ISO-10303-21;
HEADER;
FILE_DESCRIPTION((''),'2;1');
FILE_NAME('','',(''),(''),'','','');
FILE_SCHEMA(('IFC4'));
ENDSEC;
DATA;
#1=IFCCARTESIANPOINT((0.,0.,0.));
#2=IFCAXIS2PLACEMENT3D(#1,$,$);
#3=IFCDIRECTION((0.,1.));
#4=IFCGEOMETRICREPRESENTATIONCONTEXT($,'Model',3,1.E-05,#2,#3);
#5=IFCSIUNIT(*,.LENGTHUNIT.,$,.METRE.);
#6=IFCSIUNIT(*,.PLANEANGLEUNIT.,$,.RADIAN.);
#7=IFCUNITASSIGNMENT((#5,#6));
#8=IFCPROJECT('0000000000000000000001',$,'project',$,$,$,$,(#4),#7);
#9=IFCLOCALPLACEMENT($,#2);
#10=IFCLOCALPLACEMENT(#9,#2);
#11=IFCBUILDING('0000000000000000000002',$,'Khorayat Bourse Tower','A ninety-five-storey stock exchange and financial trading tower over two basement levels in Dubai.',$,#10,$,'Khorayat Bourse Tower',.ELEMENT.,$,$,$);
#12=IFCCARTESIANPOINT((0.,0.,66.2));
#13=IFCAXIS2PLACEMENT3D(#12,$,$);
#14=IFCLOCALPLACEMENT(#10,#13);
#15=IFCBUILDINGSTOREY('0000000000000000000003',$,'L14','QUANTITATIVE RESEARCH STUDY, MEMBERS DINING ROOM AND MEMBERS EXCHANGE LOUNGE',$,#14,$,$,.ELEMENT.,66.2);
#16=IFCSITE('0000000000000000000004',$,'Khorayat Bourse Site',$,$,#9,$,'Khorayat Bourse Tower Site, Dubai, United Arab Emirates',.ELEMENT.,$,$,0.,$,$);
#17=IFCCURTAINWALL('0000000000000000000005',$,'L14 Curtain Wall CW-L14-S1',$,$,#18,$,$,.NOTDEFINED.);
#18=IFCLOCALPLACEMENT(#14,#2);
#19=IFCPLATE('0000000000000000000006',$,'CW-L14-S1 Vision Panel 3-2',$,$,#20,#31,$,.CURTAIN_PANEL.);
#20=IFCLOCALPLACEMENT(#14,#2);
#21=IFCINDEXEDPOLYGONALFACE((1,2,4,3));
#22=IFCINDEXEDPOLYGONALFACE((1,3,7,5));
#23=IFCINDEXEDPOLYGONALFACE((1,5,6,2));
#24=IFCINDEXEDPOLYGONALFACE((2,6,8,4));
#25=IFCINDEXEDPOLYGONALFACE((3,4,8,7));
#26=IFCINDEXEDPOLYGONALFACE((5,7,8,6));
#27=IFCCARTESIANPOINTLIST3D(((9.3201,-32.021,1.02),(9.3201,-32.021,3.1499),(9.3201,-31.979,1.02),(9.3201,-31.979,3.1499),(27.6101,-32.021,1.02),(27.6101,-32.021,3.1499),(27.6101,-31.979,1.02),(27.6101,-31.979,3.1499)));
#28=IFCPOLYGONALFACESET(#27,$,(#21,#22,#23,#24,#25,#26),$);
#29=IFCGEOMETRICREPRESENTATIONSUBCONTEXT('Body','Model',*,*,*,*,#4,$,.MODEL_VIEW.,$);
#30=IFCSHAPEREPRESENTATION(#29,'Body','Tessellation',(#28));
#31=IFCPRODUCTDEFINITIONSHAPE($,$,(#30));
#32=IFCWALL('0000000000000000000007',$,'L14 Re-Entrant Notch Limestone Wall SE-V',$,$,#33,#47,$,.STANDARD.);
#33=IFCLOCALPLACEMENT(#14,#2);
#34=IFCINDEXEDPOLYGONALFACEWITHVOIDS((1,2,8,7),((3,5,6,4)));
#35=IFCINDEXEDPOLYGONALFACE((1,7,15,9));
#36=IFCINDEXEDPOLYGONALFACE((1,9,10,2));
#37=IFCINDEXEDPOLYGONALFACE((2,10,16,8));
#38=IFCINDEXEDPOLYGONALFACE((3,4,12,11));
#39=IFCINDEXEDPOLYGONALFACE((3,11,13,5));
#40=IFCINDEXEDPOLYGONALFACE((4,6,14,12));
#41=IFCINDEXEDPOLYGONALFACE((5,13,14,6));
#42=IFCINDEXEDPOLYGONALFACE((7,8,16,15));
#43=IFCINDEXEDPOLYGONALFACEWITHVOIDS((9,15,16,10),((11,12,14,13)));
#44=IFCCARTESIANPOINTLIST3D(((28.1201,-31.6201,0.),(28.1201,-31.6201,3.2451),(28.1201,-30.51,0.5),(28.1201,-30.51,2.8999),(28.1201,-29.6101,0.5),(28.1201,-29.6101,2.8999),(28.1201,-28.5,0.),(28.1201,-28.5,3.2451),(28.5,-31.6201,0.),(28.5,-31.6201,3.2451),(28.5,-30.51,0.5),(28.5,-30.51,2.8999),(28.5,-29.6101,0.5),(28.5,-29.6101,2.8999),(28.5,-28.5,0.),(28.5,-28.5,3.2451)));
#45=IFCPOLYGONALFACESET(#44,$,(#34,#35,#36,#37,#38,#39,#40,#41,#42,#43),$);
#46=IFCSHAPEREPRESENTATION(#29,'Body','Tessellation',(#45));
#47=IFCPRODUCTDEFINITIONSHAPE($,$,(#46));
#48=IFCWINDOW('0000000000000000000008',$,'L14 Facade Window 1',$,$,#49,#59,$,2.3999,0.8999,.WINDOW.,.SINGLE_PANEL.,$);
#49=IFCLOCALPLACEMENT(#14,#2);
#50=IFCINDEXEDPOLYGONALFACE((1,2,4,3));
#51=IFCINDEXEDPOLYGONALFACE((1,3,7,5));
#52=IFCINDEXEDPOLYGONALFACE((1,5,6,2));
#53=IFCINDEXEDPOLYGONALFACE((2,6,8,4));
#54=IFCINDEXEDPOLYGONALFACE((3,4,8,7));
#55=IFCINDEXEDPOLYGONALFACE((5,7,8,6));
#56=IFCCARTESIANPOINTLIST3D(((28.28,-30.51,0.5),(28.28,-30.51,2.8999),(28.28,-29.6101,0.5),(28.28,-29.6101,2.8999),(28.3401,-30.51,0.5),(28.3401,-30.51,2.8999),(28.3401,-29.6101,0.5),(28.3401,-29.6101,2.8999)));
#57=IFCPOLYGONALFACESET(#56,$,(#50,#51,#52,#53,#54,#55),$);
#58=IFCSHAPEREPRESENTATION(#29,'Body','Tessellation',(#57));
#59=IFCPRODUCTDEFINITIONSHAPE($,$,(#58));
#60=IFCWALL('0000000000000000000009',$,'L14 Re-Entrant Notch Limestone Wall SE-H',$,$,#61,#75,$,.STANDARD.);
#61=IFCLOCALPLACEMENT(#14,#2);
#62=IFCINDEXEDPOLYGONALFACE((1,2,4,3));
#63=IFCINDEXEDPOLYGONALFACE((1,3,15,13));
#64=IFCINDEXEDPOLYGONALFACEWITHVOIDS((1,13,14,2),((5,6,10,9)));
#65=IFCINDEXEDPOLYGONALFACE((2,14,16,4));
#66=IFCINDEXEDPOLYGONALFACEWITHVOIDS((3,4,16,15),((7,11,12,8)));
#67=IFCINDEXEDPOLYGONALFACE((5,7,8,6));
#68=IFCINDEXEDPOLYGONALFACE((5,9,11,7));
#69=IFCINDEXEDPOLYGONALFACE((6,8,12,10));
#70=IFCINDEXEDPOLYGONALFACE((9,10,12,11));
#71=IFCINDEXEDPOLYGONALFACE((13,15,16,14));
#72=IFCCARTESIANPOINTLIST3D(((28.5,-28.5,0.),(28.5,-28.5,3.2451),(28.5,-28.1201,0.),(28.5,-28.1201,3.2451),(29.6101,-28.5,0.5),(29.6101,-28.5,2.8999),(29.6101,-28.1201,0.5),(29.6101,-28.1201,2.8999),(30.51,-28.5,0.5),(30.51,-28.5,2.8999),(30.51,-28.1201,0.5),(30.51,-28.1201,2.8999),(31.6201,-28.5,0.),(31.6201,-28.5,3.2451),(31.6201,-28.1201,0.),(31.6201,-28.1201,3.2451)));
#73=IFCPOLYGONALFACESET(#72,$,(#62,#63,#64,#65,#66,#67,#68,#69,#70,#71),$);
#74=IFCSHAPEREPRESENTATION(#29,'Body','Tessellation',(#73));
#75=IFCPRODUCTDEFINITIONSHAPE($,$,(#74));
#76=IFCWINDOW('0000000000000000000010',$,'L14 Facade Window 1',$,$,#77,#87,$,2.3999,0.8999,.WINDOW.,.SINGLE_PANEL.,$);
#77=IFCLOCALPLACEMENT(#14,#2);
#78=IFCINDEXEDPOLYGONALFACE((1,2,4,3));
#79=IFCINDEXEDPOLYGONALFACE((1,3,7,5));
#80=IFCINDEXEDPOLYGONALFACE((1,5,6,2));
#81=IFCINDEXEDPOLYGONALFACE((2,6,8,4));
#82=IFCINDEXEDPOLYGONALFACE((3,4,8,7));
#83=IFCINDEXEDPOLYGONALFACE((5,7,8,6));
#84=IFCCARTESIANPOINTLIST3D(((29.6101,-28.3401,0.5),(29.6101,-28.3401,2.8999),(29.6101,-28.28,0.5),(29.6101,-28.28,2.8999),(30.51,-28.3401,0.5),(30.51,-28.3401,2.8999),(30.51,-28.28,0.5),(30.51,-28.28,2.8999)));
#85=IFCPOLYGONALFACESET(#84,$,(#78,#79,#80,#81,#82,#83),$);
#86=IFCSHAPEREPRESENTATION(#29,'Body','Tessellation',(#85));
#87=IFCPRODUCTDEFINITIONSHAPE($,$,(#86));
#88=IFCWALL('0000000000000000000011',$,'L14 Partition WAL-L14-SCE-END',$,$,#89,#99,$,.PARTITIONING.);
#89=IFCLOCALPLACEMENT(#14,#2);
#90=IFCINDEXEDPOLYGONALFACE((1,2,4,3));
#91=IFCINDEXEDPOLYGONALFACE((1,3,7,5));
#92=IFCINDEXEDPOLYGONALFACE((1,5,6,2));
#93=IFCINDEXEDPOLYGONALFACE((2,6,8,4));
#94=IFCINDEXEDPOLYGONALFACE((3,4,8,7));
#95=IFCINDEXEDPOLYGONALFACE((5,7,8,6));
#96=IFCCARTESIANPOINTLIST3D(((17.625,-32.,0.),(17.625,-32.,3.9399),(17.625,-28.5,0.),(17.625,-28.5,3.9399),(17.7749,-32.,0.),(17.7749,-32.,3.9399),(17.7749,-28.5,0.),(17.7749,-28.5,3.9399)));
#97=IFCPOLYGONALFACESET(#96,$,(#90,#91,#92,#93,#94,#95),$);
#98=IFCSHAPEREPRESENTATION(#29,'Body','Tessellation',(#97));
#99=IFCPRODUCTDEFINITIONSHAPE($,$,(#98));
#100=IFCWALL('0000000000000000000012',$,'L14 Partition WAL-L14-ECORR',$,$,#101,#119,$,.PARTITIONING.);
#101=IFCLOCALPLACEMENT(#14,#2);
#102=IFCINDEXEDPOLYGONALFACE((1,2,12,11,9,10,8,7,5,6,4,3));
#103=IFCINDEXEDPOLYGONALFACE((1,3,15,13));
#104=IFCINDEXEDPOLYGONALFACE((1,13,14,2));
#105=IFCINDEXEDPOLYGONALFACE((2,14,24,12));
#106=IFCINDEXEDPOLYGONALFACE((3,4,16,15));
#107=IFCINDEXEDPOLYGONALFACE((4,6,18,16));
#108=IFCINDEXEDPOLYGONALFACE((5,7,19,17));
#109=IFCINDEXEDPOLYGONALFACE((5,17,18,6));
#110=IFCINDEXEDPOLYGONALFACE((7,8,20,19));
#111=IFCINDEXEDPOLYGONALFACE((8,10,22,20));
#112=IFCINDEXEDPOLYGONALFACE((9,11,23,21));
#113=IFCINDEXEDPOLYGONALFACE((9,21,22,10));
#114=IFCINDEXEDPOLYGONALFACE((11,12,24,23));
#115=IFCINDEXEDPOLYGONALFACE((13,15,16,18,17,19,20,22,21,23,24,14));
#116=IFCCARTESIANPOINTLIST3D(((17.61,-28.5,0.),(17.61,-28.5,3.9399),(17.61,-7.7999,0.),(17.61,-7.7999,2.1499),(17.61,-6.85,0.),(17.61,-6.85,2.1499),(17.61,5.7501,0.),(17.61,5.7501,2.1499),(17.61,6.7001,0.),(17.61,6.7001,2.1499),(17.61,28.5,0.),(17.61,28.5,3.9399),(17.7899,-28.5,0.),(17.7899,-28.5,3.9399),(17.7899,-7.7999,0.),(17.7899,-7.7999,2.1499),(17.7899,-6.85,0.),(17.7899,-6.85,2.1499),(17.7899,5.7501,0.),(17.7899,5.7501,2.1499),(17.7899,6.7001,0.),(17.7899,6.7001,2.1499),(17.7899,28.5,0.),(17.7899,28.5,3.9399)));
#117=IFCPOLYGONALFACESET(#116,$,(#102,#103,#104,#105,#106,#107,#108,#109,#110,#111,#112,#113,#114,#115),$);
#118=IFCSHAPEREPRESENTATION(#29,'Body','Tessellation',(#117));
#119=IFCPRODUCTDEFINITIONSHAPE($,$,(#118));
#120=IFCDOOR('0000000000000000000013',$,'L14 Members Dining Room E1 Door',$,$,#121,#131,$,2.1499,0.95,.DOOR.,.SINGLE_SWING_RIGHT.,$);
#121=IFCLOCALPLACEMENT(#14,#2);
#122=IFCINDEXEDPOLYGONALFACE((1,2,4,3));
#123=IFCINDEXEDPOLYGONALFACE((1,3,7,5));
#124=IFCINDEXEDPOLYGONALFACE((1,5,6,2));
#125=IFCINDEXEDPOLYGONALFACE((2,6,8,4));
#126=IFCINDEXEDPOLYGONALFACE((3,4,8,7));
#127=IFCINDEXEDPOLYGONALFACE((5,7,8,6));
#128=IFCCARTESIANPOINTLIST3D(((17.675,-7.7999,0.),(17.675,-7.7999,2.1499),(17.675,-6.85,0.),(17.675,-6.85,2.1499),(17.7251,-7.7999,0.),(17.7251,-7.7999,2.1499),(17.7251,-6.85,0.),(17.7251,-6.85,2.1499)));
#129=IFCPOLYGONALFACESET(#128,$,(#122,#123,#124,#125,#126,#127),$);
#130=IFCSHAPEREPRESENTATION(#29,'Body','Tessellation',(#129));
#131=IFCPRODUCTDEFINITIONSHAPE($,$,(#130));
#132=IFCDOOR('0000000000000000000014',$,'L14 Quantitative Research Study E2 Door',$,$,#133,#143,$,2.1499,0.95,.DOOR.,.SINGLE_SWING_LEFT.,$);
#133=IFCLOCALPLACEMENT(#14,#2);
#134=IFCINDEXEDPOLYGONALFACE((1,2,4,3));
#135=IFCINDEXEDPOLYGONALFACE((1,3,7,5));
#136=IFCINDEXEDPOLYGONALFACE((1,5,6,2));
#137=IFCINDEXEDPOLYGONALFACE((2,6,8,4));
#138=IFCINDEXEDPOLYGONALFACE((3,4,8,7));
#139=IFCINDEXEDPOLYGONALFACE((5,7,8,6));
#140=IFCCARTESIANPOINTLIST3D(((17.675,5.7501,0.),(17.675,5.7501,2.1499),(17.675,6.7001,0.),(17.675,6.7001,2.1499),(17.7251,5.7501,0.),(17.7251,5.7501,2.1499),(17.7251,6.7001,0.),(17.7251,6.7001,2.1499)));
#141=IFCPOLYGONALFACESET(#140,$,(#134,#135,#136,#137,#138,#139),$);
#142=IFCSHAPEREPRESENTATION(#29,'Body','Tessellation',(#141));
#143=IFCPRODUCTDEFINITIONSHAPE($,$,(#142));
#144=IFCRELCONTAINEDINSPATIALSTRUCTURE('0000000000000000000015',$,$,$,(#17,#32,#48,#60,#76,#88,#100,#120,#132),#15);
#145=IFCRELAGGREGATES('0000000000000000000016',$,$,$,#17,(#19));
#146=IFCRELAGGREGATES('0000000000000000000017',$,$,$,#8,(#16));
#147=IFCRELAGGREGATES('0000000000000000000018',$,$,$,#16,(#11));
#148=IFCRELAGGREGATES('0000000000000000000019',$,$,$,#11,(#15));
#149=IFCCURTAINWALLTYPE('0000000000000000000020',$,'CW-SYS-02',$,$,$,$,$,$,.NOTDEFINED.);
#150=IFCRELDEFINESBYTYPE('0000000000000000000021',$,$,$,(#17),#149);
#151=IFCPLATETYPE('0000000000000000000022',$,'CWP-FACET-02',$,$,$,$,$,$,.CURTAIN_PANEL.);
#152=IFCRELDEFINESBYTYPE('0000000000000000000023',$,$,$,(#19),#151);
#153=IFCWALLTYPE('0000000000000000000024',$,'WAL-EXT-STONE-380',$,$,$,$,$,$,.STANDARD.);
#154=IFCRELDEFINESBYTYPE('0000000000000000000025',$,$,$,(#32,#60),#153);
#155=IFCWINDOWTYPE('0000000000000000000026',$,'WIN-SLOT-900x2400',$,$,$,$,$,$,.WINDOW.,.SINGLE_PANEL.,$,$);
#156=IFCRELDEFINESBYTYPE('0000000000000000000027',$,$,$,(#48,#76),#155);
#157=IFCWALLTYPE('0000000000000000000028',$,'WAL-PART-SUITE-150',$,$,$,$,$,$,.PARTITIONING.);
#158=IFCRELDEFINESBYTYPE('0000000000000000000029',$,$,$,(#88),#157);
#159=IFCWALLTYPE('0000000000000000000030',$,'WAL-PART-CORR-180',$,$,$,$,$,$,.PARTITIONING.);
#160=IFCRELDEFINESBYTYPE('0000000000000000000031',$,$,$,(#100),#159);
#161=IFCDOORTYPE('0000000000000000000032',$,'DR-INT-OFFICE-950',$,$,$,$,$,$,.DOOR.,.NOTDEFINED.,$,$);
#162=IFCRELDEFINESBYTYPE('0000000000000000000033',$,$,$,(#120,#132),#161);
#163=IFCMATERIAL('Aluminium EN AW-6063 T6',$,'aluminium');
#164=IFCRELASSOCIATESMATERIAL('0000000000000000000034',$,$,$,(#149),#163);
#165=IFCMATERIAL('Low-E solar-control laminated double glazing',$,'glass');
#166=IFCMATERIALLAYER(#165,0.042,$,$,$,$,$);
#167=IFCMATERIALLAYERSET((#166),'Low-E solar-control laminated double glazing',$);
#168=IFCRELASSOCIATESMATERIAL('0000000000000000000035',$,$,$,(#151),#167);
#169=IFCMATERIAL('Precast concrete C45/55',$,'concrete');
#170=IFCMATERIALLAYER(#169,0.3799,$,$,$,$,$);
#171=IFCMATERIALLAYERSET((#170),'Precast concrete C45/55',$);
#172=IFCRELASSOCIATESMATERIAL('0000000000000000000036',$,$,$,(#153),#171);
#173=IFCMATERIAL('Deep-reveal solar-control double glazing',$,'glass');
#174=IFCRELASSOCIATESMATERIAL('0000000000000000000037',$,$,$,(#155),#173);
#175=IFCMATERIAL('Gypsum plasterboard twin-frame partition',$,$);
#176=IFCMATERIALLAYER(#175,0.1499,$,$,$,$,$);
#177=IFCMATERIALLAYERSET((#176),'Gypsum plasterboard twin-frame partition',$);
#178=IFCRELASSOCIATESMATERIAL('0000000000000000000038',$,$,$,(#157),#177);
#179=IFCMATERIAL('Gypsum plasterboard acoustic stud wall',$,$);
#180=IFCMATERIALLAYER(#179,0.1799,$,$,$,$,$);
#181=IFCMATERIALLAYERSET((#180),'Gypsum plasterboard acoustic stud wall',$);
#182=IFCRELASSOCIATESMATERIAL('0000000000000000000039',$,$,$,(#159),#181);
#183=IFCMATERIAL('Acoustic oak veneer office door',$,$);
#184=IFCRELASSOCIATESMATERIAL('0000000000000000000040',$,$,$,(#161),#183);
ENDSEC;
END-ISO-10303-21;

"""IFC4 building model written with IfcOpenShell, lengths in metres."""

from ifc_helpers import new_model, si_unit, direction, frame, frame_2d, origin, origin_2d, place, context, subcontext, project, spatial, rectangle, extrude, source, transform, mapped, material, layer, layer_set, type_object, element, fill, aggregate, save


model = new_model("IFC4")

# Units and contexts
model_context = context("Model", 3, precision=1e-05, world=origin(), true_north=direction((0.0, 1.0)))
body_context = subcontext(model_context, "Body", "Model", "MODEL_VIEW")
ifc_project = project(units=[si_unit("LENGTHUNIT", "METRE"), si_unit("PLANEANGLEUNIT", "RADIAN")], contexts=[model_context])

# Site, building, storey
site_placement = place(None, origin())
site = spatial("IfcSite", under=ifc_project, at=site_placement, Name="Khorayat Bourse Site", LongName="Khorayat Bourse Tower Site, Dubai, United Arab Emirates", CompositionType="ELEMENT", RefElevation=0.0)
building_placement = place(site_placement, origin())
building = spatial("IfcBuilding", under=site, at=building_placement, Name="Khorayat Bourse Tower", Description="A ninety-five-storey stock exchange and financial trading tower over two basement levels in Dubai.", LongName="Khorayat Bourse Tower", CompositionType="ELEMENT")
storey_placement = place(building_placement, frame((0.0, 0.0, 66.2)))
storey = spatial("IfcBuildingStorey", under=building, at=storey_placement, Name="L14", Description="QUANTITATIVE RESEARCH STUDY, MEMBERS DINING ROOM AND MEMBERS EXCHANGE LOUNGE", CompositionType="ELEMENT", Elevation=66.2)

# Curtain wall
ifc_material_1 = material(Name="Aluminium EN AW-6063 T6", Category="aluminium")
curtain_wall_type = type_object("IfcCurtainWallType", Name="CW-SYS-02", PredefinedType="NOTDEFINED", material=ifc_material_1)
curtain_wall_1_placement = place(storey_placement, origin())
curtain_wall_1 = element("IfcCurtainWall", 1, at=curtain_wall_1_placement, inside=storey, type_object=curtain_wall_type, Name="L14 Curtain Wall CW-L14-S1", PredefinedType="NOTDEFINED")

# Plate
ifc_material_2 = material(Name="Low-E solar-control laminated double glazing", Category="glass")
ifc_layer_1 = layer(ifc_material_2, 0.042)
ifc_layer_set_1 = layer_set([ifc_layer_1], Name="Low-E solar-control laminated double glazing")
plate_type_1 = type_object("IfcPlateType", Name="CWP-FACET-02", PredefinedType="CURTAIN_PANEL", material=ifc_layer_set_1)
shared_shape_1 = source(origin(), body_context, "Body", "SweptSolid", [
    extrude(rectangle(XDim=18.29, YDim=0.042, at=origin_2d()), origin(), (0.0, 0.0, 1.0), 2.1299),
])
plate_1_placement = place(storey_placement, frame((18.4651, -32.0, 1.02), z_axis=(0.0, 0.0, 1.0), x_axis=(1.0, 0.0, 0.0)))
plate_1 = element("IfcPlate", 2, at=plate_1_placement, type_object=plate_type_1, Name="CW-L14-S1 Vision Panel 3-2", PredefinedType="CURTAIN_PANEL", context=body_context, shape_type="MappedRepresentation", body=[
    mapped(shared_shape_1, transform((0.0, 0.0, 0.0), scale=1.0)),
])
aggregate(curtain_wall_1, [plate_1])

# Walls, openings, windows
ifc_material_3 = material(Name="Precast concrete C45/55", Category="concrete")
ifc_layer_2 = layer(ifc_material_3, 0.3799)
ifc_layer_set_2 = layer_set([ifc_layer_2], Name="Precast concrete C45/55")
wall_type_1 = type_object("IfcWallType", Name="WAL-EXT-STONE-380", PredefinedType="STANDARD", material=ifc_layer_set_2)
shared_shape_2 = source(origin(), body_context, "Body", "SweptSolid", [
    extrude(rectangle(XDim=3.1201, YDim=0.3799, at=frame_2d((1.5601, 0.0))), origin(), (0.0, 0.0, 1.0), 3.2451),
])
wall_1_placement = place(storey_placement, frame((28.3101, -31.6201, 0.0), z_axis=(0.0, 0.0, 1.0), x_axis=(0.0, 1.0, 0.0)))
wall_1 = element("IfcWall", 3, at=wall_1_placement, inside=storey, type_object=wall_type_1, Name="L14 Re-Entrant Notch Limestone Wall SE-V", PredefinedType="STANDARD", context=body_context, shape_type="MappedRepresentation", body=[
    mapped(shared_shape_2, transform((0.0, 0.0, 0.0), scale=1.0)),
])
shared_shape_3 = source(origin(), body_context, "Body", "SweptSolid", [
    extrude(rectangle(XDim=0.8999, YDim=2.3999, at=frame_2d((0.45, 1.2))), frame((0.0, 0.2, 0.0), z_axis=(0.0, -1.0, 0.0), x_axis=(1.0, 0.0, 0.0)), (0.0, 0.0, 1.0), 0.3999),
])
opening_1_placement = place(wall_1_placement, frame((1.1101, 0.0, 0.5)))
opening_1 = element("IfcOpeningElement", 4, at=opening_1_placement, cuts=wall_1, PredefinedType="OPENING", context=body_context, shape_type="MappedRepresentation", body=[
    mapped(shared_shape_3, transform((0.0, 0.0, 0.0), scale=1.0)),
])
ifc_material_4 = material(Name="Deep-reveal solar-control double glazing", Category="glass")
window_type = type_object("IfcWindowType", Name="WIN-SLOT-900x2400", PartitioningType="SINGLE_PANEL", PredefinedType="WINDOW", material=ifc_material_4)
shared_shape_4 = source(origin(), body_context, "Body", "SweptSolid", [
    extrude(rectangle(XDim=0.8999, YDim=2.3999, at=frame_2d((0.45, 1.2))), frame((0.0, 0.03, 0.0), z_axis=(0.0, -1.0, 0.0), x_axis=(1.0, 0.0, 0.0)), (0.0, 0.0, 1.0), 0.0601),
])
window_1_placement = place(opening_1_placement, origin())
window_1 = element("IfcWindow", 5, at=window_1_placement, inside=storey, type_object=window_type, Name="L14 Facade Window 1", OverallHeight=2.3999, OverallWidth=0.8999, PartitioningType="SINGLE_PANEL", PredefinedType="WINDOW", context=body_context, shape_type="MappedRepresentation", body=[
    mapped(shared_shape_4, transform((0.0, 0.0, 0.0), scale=1.0)),
])
fill(opening_1, window_1)
wall_2_placement = place(storey_placement, frame((28.5, -28.3101, 0.0), z_axis=(0.0, 0.0, 1.0), x_axis=(1.0, 0.0, 0.0)))
wall_2 = element("IfcWall", 6, at=wall_2_placement, inside=storey, type_object=wall_type_1, Name="L14 Re-Entrant Notch Limestone Wall SE-H", PredefinedType="STANDARD", context=body_context, shape_type="MappedRepresentation", body=[
    mapped(shared_shape_2, transform((0.0, 0.0, 0.0), scale=1.0)),
])
opening_2_placement = place(wall_2_placement, frame((1.1101, 0.0, 0.5)))
opening_2 = element("IfcOpeningElement", 7, at=opening_2_placement, cuts=wall_2, PredefinedType="OPENING", context=body_context, shape_type="MappedRepresentation", body=[
    mapped(shared_shape_3, transform((0.0, 0.0, 0.0), scale=1.0)),
])
window_2_placement = place(opening_2_placement, origin())
window_2 = element("IfcWindow", 8, at=window_2_placement, inside=storey, type_object=window_type, Name="L14 Facade Window 1", OverallHeight=2.3999, OverallWidth=0.8999, PartitioningType="SINGLE_PANEL", PredefinedType="WINDOW", context=body_context, shape_type="MappedRepresentation", body=[
    mapped(shared_shape_4, transform((0.0, 0.0, 0.0), scale=1.0)),
])
fill(opening_2, window_2)

# Wall
ifc_material_5 = material(Name="Gypsum plasterboard twin-frame partition")
ifc_layer_3 = layer(ifc_material_5, 0.1499)
ifc_layer_set_3 = layer_set([ifc_layer_3], Name="Gypsum plasterboard twin-frame partition")
wall_type_2 = type_object("IfcWallType", Name="WAL-PART-SUITE-150", PredefinedType="PARTITIONING", material=ifc_layer_set_3)
shared_shape_5 = source(origin(), body_context, "Body", "SweptSolid", [
    extrude(rectangle(XDim=3.5, YDim=0.1499, at=frame_2d((1.75, 0.0))), origin(), (0.0, 0.0, 1.0), 3.9399),
])
wall_3_placement = place(storey_placement, frame((17.7, -32.0, 0.0), z_axis=(0.0, 0.0, 1.0), x_axis=(0.0, 1.0, 0.0)))
element("IfcWall", 9, at=wall_3_placement, inside=storey, type_object=wall_type_2, Name="L14 Partition WAL-L14-SCE-END", PredefinedType="PARTITIONING", context=body_context, shape_type="MappedRepresentation", body=[
    mapped(shared_shape_5, transform((0.0, 0.0, 0.0), scale=1.0)),
])

# Wall, openings, doors
ifc_material_6 = material(Name="Gypsum plasterboard acoustic stud wall")
ifc_layer_4 = layer(ifc_material_6, 0.1799)
ifc_layer_set_4 = layer_set([ifc_layer_4], Name="Gypsum plasterboard acoustic stud wall")
wall_type_3 = type_object("IfcWallType", Name="WAL-PART-CORR-180", PredefinedType="PARTITIONING", material=ifc_layer_set_4)
shared_shape_6 = source(origin(), body_context, "Body", "SweptSolid", [
    extrude(rectangle(XDim=57.0, YDim=0.1799, at=frame_2d((28.5, 0.0))), origin(), (0.0, 0.0, 1.0), 3.9399),
])
wall_4_placement = place(storey_placement, frame((17.7, -28.5, 0.0), z_axis=(0.0, 0.0, 1.0), x_axis=(0.0, 1.0, 0.0)))
wall_4 = element("IfcWall", 10, at=wall_4_placement, inside=storey, type_object=wall_type_3, Name="L14 Partition WAL-L14-ECORR", PredefinedType="PARTITIONING", context=body_context, shape_type="MappedRepresentation", body=[
    mapped(shared_shape_6, transform((0.0, 0.0, 0.0), scale=1.0)),
])
shared_shape_7 = source(origin(), body_context, "Body", "SweptSolid", [
    extrude(rectangle(XDim=0.95, YDim=2.1499, at=frame_2d((0.4751, 1.075))), frame((0.0, 0.0999, 0.0), z_axis=(0.0, -1.0, 0.0), x_axis=(1.0, 0.0, 0.0)), (0.0, 0.0, 1.0), 0.2),
])
opening_3_placement = place(wall_4_placement, frame((20.7, 0.0, 0.0)))
opening_3 = element("IfcOpeningElement", 11, at=opening_3_placement, cuts=wall_4, PredefinedType="OPENING", context=body_context, shape_type="MappedRepresentation", body=[
    mapped(shared_shape_7, transform((0.0, 0.0, 0.0), scale=1.0)),
])
opening_4_placement = place(wall_4_placement, frame((34.25, 0.0, 0.0)))
opening_4 = element("IfcOpeningElement", 12, at=opening_4_placement, cuts=wall_4, PredefinedType="OPENING", context=body_context, shape_type="MappedRepresentation", body=[
    mapped(shared_shape_7, transform((0.0, 0.0, 0.0), scale=1.0)),
])
ifc_material_7 = material(Name="Acoustic oak veneer office door")
door_type = type_object("IfcDoorType", Name="DR-INT-OFFICE-950", OperationType="NOTDEFINED", PredefinedType="DOOR", material=ifc_material_7)
shared_shape_8 = source(origin(), body_context, "Body", "SweptSolid", [
    extrude(rectangle(XDim=0.95, YDim=2.1499, at=frame_2d((0.4751, 1.075))), frame((0.0, 0.0249, 0.0), z_axis=(0.0, -1.0, 0.0), x_axis=(1.0, 0.0, 0.0)), (0.0, 0.0, 1.0), 0.05),
])
door_1_placement = place(opening_3_placement, origin())
door_1 = element("IfcDoor", 13, at=door_1_placement, inside=storey, type_object=door_type, Name="L14 Members Dining Room E1 Door", OperationType="SINGLE_SWING_RIGHT", OverallHeight=2.1499, OverallWidth=0.95, PredefinedType="DOOR", context=body_context, shape_type="MappedRepresentation", body=[
    mapped(shared_shape_8, transform((0.0, 0.0, 0.0), scale=1.0)),
])
fill(opening_3, door_1)
door_2_placement = place(opening_4_placement, origin())
door_2 = element("IfcDoor", 14, at=door_2_placement, inside=storey, type_object=door_type, Name="L14 Quantitative Research Study E2 Door", OperationType="SINGLE_SWING_LEFT", OverallHeight=2.1499, OverallWidth=0.95, PredefinedType="DOOR", context=body_context, shape_type="MappedRepresentation", body=[
    mapped(shared_shape_8, transform((0.0, 0.0, 0.0), scale=1.0)),
])
fill(opening_4, door_2)

save(model, "model.ifc")
